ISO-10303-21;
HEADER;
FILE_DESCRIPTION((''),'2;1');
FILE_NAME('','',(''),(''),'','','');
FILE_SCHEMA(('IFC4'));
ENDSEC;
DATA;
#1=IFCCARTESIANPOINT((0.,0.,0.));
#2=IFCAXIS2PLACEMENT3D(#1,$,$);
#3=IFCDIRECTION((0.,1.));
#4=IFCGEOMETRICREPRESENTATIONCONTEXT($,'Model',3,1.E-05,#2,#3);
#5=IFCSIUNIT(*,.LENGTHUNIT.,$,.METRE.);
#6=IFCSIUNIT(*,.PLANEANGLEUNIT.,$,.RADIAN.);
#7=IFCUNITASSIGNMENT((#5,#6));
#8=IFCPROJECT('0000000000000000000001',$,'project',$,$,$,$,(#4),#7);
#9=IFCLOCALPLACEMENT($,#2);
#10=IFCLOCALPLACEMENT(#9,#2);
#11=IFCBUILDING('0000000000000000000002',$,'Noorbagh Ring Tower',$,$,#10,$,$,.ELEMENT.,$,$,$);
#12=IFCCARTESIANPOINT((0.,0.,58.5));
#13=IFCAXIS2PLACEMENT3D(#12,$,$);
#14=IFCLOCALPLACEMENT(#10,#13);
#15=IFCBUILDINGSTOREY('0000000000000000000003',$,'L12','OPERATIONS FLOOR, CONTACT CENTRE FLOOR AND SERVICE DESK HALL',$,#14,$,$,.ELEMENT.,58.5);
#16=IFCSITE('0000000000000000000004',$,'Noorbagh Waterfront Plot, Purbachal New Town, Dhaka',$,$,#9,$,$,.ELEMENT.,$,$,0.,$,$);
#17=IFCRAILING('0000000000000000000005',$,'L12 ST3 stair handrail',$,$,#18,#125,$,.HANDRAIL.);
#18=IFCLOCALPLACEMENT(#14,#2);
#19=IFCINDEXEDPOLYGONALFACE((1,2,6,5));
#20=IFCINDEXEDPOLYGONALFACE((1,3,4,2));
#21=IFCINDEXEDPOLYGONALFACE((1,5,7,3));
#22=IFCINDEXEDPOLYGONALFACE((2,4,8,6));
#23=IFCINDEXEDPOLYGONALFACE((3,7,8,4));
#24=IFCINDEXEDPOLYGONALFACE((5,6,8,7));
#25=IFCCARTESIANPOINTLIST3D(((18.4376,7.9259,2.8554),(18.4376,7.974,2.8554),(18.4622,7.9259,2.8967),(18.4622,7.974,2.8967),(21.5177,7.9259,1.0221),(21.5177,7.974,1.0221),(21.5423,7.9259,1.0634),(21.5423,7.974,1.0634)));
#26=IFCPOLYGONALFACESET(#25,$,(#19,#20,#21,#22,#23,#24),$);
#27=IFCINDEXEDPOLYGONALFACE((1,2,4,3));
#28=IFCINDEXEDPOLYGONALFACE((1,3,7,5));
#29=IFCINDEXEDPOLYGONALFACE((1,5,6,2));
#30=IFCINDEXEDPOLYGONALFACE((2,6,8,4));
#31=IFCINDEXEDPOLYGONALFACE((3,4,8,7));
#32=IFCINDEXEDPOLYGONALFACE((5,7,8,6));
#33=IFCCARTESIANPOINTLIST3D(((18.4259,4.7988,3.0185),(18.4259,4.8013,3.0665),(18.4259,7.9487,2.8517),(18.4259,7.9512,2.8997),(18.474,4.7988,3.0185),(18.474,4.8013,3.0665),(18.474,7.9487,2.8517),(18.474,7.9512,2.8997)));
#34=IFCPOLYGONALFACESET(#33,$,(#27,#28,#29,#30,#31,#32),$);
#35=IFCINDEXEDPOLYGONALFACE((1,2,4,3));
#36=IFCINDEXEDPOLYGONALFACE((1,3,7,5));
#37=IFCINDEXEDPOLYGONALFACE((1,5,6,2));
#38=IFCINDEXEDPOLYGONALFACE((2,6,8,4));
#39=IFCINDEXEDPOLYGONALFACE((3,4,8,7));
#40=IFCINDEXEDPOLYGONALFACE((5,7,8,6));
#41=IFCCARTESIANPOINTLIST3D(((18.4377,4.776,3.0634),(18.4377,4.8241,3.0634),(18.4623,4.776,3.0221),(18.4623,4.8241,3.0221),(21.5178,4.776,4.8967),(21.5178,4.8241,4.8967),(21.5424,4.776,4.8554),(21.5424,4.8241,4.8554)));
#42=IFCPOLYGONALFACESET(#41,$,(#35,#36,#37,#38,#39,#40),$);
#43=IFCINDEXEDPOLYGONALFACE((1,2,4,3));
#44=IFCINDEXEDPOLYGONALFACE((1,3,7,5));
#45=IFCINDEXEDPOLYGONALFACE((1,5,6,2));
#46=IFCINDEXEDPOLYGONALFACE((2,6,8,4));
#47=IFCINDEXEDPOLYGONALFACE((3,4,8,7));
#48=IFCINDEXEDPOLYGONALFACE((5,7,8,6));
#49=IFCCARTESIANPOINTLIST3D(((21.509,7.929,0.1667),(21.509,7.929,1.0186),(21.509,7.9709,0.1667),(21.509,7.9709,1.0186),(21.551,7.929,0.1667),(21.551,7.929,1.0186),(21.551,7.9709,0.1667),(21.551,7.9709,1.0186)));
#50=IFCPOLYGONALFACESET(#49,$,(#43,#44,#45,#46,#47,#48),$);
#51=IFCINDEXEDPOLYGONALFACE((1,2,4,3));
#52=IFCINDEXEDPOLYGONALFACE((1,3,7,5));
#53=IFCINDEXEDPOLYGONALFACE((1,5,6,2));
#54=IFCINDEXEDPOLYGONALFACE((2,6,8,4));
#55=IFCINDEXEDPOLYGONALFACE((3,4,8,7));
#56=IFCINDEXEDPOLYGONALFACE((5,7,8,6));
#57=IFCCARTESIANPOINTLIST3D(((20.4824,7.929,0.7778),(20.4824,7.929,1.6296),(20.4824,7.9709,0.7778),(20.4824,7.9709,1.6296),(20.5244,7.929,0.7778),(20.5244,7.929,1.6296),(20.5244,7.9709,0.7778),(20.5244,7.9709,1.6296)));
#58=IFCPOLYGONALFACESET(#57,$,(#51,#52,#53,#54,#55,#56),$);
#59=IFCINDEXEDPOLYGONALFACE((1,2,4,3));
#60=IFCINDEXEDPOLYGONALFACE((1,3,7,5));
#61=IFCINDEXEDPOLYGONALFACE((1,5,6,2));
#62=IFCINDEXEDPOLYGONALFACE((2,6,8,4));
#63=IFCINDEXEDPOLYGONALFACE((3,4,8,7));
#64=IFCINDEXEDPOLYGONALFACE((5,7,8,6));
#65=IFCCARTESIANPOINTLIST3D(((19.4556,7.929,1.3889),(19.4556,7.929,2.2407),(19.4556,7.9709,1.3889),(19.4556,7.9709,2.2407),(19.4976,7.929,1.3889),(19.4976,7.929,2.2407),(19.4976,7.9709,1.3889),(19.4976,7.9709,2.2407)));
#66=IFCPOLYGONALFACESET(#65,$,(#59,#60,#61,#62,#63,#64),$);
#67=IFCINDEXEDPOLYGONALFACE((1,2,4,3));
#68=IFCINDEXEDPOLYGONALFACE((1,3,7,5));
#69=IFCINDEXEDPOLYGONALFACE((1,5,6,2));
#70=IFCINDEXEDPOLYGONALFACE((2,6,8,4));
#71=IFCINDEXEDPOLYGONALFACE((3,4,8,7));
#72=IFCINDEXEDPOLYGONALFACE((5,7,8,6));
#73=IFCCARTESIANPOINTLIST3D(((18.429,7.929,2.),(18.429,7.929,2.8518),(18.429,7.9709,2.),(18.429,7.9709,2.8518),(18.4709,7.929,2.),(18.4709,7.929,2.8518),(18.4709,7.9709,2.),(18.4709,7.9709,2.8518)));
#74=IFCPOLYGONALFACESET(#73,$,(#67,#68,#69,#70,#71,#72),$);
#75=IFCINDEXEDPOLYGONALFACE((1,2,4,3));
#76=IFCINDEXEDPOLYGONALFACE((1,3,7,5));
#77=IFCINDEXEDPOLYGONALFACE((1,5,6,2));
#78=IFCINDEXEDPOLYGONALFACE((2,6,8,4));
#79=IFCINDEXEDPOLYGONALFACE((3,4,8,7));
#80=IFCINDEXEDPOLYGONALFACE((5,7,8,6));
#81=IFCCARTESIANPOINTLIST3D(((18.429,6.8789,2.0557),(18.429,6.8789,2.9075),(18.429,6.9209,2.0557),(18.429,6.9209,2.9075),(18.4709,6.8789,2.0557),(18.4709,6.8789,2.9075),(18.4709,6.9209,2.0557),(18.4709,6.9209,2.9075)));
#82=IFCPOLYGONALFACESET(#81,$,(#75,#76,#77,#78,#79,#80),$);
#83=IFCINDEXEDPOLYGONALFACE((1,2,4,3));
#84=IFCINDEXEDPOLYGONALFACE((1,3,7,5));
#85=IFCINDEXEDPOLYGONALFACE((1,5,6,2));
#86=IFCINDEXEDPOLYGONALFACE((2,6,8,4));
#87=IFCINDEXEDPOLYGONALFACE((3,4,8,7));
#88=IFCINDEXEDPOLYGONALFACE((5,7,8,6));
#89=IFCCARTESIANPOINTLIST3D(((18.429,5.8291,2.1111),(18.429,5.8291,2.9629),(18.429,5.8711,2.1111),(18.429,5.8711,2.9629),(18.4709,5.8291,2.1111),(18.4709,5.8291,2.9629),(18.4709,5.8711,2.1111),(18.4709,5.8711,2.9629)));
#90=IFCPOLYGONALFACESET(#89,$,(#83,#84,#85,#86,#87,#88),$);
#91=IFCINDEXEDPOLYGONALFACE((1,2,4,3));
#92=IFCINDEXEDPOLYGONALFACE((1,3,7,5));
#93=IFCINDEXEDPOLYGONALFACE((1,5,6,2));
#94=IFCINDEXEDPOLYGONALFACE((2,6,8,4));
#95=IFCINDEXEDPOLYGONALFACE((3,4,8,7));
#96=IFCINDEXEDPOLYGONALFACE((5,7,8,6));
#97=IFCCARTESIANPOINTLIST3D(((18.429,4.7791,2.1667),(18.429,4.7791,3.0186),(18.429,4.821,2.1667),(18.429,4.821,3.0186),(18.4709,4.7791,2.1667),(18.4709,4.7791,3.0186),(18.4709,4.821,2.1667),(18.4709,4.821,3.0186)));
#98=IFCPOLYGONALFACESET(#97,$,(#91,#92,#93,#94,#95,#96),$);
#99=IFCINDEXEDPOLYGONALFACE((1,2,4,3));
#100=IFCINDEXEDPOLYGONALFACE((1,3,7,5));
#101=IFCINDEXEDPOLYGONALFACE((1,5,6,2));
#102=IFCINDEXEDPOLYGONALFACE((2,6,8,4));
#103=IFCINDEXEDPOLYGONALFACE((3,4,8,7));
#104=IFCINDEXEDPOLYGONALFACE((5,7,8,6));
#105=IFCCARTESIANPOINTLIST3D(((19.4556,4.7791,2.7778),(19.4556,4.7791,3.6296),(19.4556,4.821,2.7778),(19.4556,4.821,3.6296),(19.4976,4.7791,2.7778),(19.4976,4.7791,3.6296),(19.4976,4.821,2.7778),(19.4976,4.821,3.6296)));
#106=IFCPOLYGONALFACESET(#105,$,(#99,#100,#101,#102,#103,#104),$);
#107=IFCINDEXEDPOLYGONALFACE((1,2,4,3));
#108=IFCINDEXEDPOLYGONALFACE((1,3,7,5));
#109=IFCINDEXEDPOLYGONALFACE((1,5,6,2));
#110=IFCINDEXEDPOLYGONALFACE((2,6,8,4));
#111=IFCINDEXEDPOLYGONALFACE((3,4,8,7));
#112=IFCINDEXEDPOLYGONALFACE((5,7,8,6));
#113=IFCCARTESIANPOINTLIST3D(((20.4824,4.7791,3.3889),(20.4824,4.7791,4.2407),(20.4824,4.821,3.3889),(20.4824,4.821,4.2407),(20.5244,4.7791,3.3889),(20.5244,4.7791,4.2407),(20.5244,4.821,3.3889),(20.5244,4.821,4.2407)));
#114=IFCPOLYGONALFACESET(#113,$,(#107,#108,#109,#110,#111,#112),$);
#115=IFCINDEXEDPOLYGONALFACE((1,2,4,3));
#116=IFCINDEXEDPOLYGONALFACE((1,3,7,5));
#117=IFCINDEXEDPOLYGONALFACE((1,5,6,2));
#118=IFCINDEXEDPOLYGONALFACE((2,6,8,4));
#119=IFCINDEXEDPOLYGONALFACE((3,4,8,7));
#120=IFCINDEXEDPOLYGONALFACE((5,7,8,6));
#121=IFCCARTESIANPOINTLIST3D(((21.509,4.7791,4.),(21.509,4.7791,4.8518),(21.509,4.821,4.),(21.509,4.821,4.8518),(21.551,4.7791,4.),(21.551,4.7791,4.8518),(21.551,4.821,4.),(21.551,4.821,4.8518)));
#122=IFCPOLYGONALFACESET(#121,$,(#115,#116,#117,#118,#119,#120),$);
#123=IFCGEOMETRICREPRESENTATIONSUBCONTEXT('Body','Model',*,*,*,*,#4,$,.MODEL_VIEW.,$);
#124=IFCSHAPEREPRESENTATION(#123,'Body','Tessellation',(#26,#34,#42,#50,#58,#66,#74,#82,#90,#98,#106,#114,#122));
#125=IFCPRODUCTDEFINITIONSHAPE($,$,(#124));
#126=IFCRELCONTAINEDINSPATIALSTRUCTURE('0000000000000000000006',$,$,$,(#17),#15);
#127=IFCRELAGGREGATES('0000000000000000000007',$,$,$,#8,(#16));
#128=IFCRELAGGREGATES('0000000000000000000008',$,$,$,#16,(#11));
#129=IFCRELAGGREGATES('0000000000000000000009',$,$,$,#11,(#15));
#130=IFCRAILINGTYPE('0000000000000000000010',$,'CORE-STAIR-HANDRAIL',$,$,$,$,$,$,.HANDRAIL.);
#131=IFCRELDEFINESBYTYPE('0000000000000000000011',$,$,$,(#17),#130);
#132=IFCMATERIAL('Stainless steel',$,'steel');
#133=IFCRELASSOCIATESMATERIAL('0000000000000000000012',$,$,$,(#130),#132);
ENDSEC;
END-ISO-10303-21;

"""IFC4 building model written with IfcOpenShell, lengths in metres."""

from ifc_helpers import new_model, si_unit, direction, frame, origin, origin_2d, place, context, subcontext, project, spatial, rectangle, extrude, material, type_object, element, save


model = new_model("IFC4")

# Units and contexts
model_context = context("Model", 3, precision=1e-05, world=origin(), true_north=direction((0.0, 1.0)))
body_context = subcontext(model_context, "Body", "Model", "MODEL_VIEW")
ifc_project = project(units=[si_unit("LENGTHUNIT", "METRE"), si_unit("PLANEANGLEUNIT", "RADIAN")], contexts=[model_context])

# Site, building, storey
site_placement = place(None, origin())
site = spatial("IfcSite", under=ifc_project, at=site_placement, Name="Noorbagh Waterfront Plot, Purbachal New Town, Dhaka", CompositionType="ELEMENT", RefElevation=0.0)
building_placement = place(site_placement, origin())
building = spatial("IfcBuilding", under=site, at=building_placement, Name="Noorbagh Ring Tower", CompositionType="ELEMENT")
storey_placement = place(building_placement, frame((0.0, 0.0, 58.5)))
storey = spatial("IfcBuildingStorey", under=building, at=storey_placement, Name="L12", Description="OPERATIONS FLOOR, CONTACT CENTRE FLOOR AND SERVICE DESK HALL", CompositionType="ELEMENT", Elevation=58.5)

# Railing
ifc_material_1 = material(Name="Stainless steel", Category="steel")
railing_type = type_object("IfcRailingType", Name="CORE-STAIR-HANDRAIL", PredefinedType="HANDRAIL", material=ifc_material_1)
railing_placement = place(storey_placement, frame((21.53, 7.95, 0.1667)))
element("IfcRailing", 1, at=railing_placement, inside=storey, type_object=railing_type, Name="L12 ST3 stair handrail", PredefinedType="HANDRAIL", context=body_context, shape_type="SweptSolid", body=[
    extrude(rectangle(XDim=0.0481, YDim=0.0481, at=origin_2d()), frame((0.0, 0.0, 0.876), z_axis=(-0.859309, 0.0, 0.511458), x_axis=(0.0, -1.0, 0.0)), (0.0, 0.0, 1.0), 3.5845),
    extrude(rectangle(XDim=0.0481, YDim=0.0481, at=origin_2d()), frame((-3.0801, 0.0, 2.709), z_axis=(0.0, -0.998602, 0.052864), x_axis=(1.0, 0.0, 0.0)), (0.0, 0.0, 1.0), 3.1543),
    extrude(rectangle(XDim=0.0481, YDim=0.0481, at=origin_2d()), frame((-3.0801, -3.1499, 2.876), z_axis=(0.859309, 0.0, 0.511458), x_axis=(0.0, 1.0, 0.0)), (0.0, 0.0, 1.0), 3.5845),
    extrude(rectangle(XDim=0.042, YDim=0.042, at=origin_2d()), origin(), (0.0, 0.0, 1.0), 0.8518),
    extrude(rectangle(XDim=0.042, YDim=0.042, at=origin_2d()), frame((-1.0266, 0.0, 0.6111)), (0.0, 0.0, 1.0), 0.8518),
    extrude(rectangle(XDim=0.042, YDim=0.042, at=origin_2d()), frame((-2.0535, 0.0, 1.2222)), (0.0, 0.0, 1.0), 0.8518),
    extrude(rectangle(XDim=0.042, YDim=0.042, at=origin_2d()), frame((-3.0801, 0.0, 1.8333)), (0.0, 0.0, 1.0), 0.8518),
    extrude(rectangle(XDim=0.042, YDim=0.042, at=origin_2d()), frame((-3.0801, -1.05, 1.8889)), (0.0, 0.0, 1.0), 0.8518),
    extrude(rectangle(XDim=0.042, YDim=0.042, at=origin_2d()), frame((-3.0801, -2.0999, 1.9443)), (0.0, 0.0, 1.0), 0.8518),
    extrude(rectangle(XDim=0.042, YDim=0.042, at=origin_2d()), frame((-3.0801, -3.1499, 2.0)), (0.0, 0.0, 1.0), 0.8518),
    extrude(rectangle(XDim=0.042, YDim=0.042, at=origin_2d()), frame((-2.0535, -3.1499, 2.6111)), (0.0, 0.0, 1.0), 0.8518),
    extrude(rectangle(XDim=0.042, YDim=0.042, at=origin_2d()), frame((-1.0266, -3.1499, 3.2222)), (0.0, 0.0, 1.0), 0.8518),
    extrude(rectangle(XDim=0.042, YDim=0.042, at=origin_2d()), frame((0.0, -3.1499, 3.8333)), (0.0, 0.0, 1.0), 0.8518),
])

save(model, "model.ifc")
